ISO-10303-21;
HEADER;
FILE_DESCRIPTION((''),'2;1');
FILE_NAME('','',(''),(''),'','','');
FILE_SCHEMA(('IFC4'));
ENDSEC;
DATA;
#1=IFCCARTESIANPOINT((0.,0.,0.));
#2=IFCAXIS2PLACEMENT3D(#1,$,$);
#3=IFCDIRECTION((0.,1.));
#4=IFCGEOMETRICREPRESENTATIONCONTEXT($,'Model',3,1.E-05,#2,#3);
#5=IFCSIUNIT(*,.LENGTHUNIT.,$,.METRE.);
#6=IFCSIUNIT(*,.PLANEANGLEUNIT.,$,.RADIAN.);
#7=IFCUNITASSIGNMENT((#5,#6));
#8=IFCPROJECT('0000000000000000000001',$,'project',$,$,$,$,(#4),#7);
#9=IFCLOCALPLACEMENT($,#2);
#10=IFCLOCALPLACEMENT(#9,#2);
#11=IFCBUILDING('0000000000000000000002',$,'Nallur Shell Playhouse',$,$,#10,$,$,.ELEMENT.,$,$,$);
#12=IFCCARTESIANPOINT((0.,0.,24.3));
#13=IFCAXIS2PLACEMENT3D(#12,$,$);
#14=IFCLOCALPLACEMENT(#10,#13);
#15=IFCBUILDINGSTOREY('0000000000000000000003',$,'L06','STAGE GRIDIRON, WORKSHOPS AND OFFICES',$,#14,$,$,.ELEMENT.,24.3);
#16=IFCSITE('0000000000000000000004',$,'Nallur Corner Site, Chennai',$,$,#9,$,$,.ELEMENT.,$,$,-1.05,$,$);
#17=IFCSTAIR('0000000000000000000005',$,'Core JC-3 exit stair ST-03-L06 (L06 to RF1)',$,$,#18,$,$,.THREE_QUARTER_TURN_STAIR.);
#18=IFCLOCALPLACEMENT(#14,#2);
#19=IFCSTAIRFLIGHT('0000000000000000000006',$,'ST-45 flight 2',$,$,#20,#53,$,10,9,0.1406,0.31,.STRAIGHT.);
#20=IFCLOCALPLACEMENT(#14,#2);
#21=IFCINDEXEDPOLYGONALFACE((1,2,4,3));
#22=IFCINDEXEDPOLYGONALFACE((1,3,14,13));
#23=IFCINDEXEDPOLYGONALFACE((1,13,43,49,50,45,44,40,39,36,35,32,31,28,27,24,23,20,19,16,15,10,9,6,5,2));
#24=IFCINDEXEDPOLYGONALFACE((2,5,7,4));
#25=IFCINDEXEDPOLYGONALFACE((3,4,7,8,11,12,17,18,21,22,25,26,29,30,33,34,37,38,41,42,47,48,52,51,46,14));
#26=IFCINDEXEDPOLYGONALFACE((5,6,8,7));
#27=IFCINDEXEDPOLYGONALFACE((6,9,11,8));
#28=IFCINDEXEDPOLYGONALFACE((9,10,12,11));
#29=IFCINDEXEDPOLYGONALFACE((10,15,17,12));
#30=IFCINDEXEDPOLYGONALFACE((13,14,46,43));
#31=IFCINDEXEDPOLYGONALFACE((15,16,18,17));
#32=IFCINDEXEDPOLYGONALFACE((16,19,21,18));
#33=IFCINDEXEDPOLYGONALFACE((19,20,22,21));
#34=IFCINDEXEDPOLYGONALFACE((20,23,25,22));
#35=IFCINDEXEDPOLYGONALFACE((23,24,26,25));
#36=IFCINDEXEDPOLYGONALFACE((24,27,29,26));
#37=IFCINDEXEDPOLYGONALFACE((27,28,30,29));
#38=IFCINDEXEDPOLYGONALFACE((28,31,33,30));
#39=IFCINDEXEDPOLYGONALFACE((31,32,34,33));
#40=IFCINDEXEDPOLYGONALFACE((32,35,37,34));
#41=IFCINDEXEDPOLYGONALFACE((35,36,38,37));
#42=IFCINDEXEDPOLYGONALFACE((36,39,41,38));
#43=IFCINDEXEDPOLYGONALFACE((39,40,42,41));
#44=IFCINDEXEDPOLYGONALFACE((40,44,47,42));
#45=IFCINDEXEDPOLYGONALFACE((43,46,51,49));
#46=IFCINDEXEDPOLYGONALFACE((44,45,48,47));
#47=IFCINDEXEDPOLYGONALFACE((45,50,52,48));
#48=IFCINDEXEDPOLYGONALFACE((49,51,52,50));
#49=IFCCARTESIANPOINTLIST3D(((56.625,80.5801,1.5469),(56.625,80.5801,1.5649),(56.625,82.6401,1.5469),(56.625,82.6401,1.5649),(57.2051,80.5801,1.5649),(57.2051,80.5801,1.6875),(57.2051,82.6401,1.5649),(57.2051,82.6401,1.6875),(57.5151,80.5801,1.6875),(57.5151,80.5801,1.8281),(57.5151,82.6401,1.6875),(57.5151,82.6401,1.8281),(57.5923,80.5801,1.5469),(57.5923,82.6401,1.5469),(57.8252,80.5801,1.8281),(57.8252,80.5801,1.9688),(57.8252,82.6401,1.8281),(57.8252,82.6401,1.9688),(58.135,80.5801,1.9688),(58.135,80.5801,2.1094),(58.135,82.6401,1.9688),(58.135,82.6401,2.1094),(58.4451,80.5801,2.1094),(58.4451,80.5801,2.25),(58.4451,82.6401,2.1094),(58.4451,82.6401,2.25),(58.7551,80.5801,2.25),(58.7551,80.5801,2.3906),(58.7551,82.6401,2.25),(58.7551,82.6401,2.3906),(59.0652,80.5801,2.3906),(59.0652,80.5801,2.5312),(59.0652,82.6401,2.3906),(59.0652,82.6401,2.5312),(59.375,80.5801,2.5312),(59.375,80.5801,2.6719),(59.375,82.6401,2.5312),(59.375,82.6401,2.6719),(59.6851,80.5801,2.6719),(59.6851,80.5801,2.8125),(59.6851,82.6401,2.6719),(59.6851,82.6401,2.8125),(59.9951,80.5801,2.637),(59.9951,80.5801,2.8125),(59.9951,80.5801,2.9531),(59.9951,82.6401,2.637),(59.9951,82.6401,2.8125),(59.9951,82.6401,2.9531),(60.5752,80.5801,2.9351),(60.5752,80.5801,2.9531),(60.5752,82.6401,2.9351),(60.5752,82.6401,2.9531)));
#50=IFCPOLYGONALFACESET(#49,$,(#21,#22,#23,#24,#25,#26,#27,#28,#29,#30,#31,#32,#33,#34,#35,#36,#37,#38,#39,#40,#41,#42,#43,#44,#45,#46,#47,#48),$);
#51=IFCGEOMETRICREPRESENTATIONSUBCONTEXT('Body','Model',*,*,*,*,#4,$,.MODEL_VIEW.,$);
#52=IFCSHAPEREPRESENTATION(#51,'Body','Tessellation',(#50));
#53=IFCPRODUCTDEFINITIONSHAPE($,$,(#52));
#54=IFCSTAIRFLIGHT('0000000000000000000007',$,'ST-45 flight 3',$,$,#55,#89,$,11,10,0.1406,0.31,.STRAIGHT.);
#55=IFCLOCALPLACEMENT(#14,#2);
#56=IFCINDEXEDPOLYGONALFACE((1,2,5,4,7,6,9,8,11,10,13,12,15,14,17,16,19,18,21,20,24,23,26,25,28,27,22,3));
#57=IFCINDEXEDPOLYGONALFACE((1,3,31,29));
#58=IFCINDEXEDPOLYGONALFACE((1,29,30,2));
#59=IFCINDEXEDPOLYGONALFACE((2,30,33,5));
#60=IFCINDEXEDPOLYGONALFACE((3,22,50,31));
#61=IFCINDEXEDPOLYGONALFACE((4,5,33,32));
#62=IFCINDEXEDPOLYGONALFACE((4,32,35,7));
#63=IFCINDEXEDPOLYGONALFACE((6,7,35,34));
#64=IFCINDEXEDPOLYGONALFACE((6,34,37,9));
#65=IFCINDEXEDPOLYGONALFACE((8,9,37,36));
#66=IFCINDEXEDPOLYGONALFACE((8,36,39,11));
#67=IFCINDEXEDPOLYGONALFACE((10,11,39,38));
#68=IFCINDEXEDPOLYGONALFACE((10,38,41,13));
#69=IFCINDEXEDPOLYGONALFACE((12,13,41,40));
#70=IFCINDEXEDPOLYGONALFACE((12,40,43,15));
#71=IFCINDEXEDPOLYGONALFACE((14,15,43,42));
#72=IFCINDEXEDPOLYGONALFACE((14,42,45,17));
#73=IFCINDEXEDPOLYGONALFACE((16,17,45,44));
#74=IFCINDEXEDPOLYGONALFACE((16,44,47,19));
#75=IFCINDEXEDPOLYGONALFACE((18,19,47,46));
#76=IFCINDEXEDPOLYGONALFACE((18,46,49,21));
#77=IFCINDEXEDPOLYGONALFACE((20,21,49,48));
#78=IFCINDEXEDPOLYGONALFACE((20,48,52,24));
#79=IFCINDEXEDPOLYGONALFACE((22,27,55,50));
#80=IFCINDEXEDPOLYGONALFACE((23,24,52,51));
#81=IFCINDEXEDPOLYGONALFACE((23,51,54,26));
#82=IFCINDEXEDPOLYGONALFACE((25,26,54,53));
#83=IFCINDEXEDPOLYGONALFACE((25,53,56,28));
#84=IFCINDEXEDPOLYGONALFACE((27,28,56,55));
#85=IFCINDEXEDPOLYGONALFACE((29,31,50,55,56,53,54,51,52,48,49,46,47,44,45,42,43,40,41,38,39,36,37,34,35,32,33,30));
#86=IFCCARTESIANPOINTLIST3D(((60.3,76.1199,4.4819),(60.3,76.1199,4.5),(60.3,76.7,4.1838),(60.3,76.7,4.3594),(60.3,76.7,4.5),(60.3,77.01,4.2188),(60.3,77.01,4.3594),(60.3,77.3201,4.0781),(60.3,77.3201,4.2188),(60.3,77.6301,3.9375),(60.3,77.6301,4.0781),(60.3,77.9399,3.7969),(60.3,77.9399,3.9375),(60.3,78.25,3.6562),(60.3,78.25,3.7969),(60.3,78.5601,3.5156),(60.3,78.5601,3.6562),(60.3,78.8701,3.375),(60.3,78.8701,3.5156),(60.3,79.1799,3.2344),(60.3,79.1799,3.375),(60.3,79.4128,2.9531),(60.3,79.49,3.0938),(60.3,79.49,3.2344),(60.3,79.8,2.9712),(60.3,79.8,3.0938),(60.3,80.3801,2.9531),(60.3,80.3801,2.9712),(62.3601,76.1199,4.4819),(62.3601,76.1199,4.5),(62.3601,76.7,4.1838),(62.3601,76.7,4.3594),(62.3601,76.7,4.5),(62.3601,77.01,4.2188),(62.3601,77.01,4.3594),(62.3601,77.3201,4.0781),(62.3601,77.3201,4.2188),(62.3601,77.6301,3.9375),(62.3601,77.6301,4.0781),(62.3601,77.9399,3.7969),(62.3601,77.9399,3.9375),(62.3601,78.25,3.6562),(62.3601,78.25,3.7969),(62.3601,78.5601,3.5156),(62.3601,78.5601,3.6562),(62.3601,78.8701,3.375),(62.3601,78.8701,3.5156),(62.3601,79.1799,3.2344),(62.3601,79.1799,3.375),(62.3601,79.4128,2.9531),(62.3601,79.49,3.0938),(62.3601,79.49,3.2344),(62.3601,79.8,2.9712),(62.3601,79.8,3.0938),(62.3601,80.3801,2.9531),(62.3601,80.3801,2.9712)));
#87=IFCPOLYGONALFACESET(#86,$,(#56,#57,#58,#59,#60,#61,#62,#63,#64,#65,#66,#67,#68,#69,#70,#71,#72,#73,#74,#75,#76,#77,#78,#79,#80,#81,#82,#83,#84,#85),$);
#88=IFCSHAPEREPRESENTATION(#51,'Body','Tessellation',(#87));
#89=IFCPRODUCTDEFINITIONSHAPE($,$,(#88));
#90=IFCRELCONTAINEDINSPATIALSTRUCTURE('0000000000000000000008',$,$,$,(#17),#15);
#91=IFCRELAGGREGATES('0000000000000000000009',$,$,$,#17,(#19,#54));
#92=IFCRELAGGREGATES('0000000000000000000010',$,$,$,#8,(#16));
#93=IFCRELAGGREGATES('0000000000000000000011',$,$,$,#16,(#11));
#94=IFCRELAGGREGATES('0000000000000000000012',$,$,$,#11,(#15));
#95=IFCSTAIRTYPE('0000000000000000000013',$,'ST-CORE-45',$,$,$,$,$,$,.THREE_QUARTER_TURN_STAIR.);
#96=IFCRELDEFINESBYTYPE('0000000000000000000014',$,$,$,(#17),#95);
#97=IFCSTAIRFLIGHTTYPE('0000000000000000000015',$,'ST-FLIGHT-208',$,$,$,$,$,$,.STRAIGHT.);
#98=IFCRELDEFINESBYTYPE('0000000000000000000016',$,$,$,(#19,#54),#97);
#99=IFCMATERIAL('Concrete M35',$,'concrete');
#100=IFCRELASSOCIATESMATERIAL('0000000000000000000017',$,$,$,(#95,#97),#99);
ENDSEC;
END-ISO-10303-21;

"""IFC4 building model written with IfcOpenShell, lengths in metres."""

from ifc_helpers import new_model, si_unit, direction, frame, origin, place, context, subcontext, project, spatial, polyline, outline, extrude, material, type_object, element, aggregate, save


model = new_model("IFC4")

# Units and contexts
model_context = context("Model", 3, precision=1e-05, world=origin(), true_north=direction((0.0, 1.0)))
body_context = subcontext(model_context, "Body", "Model", "MODEL_VIEW")
ifc_project = project(units=[si_unit("LENGTHUNIT", "METRE"), si_unit("PLANEANGLEUNIT", "RADIAN")], contexts=[model_context])

# Site, building, storey
site_placement = place(None, origin())
site = spatial("IfcSite", under=ifc_project, at=site_placement, Name="Nallur Corner Site, Chennai", CompositionType="ELEMENT", RefElevation=-1.05)
building_placement = place(site_placement, origin())
building = spatial("IfcBuilding", under=site, at=building_placement, Name="Nallur Shell Playhouse", CompositionType="ELEMENT")
storey_placement = place(building_placement, frame((0.0, 0.0, 24.3)))
storey = spatial("IfcBuildingStorey", under=building, at=storey_placement, Name="L06", Description="STAGE GRIDIRON, WORKSHOPS AND OFFICES", CompositionType="ELEMENT", Elevation=24.3)

# Shared definitions
ifc_material_1 = material(Name="Concrete M35", Category="concrete")

# Stair, stair flights
stair_type = type_object("IfcStairType", Name="ST-CORE-45", PredefinedType="THREE_QUARTER_TURN_STAIR", material=ifc_material_1)
stair_placement = place(storey_placement, origin())
stair = element("IfcStair", 1, at=stair_placement, inside=storey, type_object=stair_type, Name="Core JC-3 exit stair ST-03-L06 (L06 to RF1)", PredefinedType="THREE_QUARTER_TURN_STAIR")
stair_flight_type = type_object("IfcStairFlightType", Name="ST-FLIGHT-208", PredefinedType="STRAIGHT", material=ifc_material_1)
stair_flight_1_placement = place(storey_placement, frame((57.2051, 81.6101, 1.5469), z_axis=(0.0, 0.0, 1.0), x_axis=(1.0, 0.0, 0.0)))
stair_flight_1 = element("IfcStairFlight", 2, at=stair_flight_1_placement, type_object=stair_flight_type, Name="ST-45 flight 2", NumberOfRisers=10, NumberOfTreads=9, PredefinedType="STRAIGHT", RiserHeight=0.1406, TreadLength=0.31, context=body_context, shape_type="SweptSolid", body=[
    extrude(outline(polyline([(-0.5801, 0.0), (-0.5801, 0.0181), (0.0, 0.0181), (0.0, 0.1406), (0.3101, 0.1406), (0.3101, 0.2812), (0.6201, 0.2812), (0.6201, 0.4219), (0.9299, 0.4219), (0.9299, 0.5625), (1.24, 0.5625), (1.24, 0.7031), (1.55, 0.7031), (1.55, 0.8438), (1.8601, 0.8438), (1.8601, 0.9844), (2.1699, 0.9844), (2.1699, 1.125), (2.48, 1.125), (2.48, 1.2656), (2.79, 1.2656), (2.79, 1.4062), (3.3701, 1.4062), (3.3701, 1.3882), (2.79, 1.0901), (0.3872, 0.0), (-0.5801, 0.0)])), frame((0.0, 1.03, 0.0), z_axis=(0.0, -1.0, 0.0), x_axis=(1.0, 0.0, 0.0)), (0.0, 0.0, 1.0), 2.0601),
])
stair_flight_2_placement = place(storey_placement, frame((61.3301, 79.8, 2.9531), z_axis=(0.0, 0.0, 1.0), x_axis=(0.0, -1.0, 0.0)))
stair_flight_2 = element("IfcStairFlight", 3, at=stair_flight_2_placement, type_object=stair_flight_type, Name="ST-45 flight 3", NumberOfRisers=11, NumberOfTreads=10, PredefinedType="STRAIGHT", RiserHeight=0.1406, TreadLength=0.31, context=body_context, shape_type="SweptSolid", body=[
    extrude(outline(polyline([(-0.5801, 0.0), (-0.5801, 0.0181), (0.0, 0.0181), (0.0, 0.1406), (0.3101, 0.1406), (0.3101, 0.2812), (0.6201, 0.2812), (0.6201, 0.4219), (0.9299, 0.4219), (0.9299, 0.5625), (1.24, 0.5625), (1.24, 0.7031), (1.55, 0.7031), (1.55, 0.8438), (1.8601, 0.8438), (1.8601, 0.9844), (2.1699, 0.9844), (2.1699, 1.125), (2.48, 1.125), (2.48, 1.2656), (2.79, 1.2656), (2.79, 1.4062), (3.1001, 1.4062), (3.1001, 1.5469), (3.6802, 1.5469), (3.6802, 1.5288), (3.1001, 1.2307), (0.3872, 0.0), (-0.5801, 0.0)])), frame((0.0, 1.03, 0.0), z_axis=(0.0, -1.0, 0.0), x_axis=(1.0, 0.0, 0.0)), (0.0, 0.0, 1.0), 2.0601),
])
aggregate(stair, [stair_flight_1, stair_flight_2])

save(model, "model.ifc")
